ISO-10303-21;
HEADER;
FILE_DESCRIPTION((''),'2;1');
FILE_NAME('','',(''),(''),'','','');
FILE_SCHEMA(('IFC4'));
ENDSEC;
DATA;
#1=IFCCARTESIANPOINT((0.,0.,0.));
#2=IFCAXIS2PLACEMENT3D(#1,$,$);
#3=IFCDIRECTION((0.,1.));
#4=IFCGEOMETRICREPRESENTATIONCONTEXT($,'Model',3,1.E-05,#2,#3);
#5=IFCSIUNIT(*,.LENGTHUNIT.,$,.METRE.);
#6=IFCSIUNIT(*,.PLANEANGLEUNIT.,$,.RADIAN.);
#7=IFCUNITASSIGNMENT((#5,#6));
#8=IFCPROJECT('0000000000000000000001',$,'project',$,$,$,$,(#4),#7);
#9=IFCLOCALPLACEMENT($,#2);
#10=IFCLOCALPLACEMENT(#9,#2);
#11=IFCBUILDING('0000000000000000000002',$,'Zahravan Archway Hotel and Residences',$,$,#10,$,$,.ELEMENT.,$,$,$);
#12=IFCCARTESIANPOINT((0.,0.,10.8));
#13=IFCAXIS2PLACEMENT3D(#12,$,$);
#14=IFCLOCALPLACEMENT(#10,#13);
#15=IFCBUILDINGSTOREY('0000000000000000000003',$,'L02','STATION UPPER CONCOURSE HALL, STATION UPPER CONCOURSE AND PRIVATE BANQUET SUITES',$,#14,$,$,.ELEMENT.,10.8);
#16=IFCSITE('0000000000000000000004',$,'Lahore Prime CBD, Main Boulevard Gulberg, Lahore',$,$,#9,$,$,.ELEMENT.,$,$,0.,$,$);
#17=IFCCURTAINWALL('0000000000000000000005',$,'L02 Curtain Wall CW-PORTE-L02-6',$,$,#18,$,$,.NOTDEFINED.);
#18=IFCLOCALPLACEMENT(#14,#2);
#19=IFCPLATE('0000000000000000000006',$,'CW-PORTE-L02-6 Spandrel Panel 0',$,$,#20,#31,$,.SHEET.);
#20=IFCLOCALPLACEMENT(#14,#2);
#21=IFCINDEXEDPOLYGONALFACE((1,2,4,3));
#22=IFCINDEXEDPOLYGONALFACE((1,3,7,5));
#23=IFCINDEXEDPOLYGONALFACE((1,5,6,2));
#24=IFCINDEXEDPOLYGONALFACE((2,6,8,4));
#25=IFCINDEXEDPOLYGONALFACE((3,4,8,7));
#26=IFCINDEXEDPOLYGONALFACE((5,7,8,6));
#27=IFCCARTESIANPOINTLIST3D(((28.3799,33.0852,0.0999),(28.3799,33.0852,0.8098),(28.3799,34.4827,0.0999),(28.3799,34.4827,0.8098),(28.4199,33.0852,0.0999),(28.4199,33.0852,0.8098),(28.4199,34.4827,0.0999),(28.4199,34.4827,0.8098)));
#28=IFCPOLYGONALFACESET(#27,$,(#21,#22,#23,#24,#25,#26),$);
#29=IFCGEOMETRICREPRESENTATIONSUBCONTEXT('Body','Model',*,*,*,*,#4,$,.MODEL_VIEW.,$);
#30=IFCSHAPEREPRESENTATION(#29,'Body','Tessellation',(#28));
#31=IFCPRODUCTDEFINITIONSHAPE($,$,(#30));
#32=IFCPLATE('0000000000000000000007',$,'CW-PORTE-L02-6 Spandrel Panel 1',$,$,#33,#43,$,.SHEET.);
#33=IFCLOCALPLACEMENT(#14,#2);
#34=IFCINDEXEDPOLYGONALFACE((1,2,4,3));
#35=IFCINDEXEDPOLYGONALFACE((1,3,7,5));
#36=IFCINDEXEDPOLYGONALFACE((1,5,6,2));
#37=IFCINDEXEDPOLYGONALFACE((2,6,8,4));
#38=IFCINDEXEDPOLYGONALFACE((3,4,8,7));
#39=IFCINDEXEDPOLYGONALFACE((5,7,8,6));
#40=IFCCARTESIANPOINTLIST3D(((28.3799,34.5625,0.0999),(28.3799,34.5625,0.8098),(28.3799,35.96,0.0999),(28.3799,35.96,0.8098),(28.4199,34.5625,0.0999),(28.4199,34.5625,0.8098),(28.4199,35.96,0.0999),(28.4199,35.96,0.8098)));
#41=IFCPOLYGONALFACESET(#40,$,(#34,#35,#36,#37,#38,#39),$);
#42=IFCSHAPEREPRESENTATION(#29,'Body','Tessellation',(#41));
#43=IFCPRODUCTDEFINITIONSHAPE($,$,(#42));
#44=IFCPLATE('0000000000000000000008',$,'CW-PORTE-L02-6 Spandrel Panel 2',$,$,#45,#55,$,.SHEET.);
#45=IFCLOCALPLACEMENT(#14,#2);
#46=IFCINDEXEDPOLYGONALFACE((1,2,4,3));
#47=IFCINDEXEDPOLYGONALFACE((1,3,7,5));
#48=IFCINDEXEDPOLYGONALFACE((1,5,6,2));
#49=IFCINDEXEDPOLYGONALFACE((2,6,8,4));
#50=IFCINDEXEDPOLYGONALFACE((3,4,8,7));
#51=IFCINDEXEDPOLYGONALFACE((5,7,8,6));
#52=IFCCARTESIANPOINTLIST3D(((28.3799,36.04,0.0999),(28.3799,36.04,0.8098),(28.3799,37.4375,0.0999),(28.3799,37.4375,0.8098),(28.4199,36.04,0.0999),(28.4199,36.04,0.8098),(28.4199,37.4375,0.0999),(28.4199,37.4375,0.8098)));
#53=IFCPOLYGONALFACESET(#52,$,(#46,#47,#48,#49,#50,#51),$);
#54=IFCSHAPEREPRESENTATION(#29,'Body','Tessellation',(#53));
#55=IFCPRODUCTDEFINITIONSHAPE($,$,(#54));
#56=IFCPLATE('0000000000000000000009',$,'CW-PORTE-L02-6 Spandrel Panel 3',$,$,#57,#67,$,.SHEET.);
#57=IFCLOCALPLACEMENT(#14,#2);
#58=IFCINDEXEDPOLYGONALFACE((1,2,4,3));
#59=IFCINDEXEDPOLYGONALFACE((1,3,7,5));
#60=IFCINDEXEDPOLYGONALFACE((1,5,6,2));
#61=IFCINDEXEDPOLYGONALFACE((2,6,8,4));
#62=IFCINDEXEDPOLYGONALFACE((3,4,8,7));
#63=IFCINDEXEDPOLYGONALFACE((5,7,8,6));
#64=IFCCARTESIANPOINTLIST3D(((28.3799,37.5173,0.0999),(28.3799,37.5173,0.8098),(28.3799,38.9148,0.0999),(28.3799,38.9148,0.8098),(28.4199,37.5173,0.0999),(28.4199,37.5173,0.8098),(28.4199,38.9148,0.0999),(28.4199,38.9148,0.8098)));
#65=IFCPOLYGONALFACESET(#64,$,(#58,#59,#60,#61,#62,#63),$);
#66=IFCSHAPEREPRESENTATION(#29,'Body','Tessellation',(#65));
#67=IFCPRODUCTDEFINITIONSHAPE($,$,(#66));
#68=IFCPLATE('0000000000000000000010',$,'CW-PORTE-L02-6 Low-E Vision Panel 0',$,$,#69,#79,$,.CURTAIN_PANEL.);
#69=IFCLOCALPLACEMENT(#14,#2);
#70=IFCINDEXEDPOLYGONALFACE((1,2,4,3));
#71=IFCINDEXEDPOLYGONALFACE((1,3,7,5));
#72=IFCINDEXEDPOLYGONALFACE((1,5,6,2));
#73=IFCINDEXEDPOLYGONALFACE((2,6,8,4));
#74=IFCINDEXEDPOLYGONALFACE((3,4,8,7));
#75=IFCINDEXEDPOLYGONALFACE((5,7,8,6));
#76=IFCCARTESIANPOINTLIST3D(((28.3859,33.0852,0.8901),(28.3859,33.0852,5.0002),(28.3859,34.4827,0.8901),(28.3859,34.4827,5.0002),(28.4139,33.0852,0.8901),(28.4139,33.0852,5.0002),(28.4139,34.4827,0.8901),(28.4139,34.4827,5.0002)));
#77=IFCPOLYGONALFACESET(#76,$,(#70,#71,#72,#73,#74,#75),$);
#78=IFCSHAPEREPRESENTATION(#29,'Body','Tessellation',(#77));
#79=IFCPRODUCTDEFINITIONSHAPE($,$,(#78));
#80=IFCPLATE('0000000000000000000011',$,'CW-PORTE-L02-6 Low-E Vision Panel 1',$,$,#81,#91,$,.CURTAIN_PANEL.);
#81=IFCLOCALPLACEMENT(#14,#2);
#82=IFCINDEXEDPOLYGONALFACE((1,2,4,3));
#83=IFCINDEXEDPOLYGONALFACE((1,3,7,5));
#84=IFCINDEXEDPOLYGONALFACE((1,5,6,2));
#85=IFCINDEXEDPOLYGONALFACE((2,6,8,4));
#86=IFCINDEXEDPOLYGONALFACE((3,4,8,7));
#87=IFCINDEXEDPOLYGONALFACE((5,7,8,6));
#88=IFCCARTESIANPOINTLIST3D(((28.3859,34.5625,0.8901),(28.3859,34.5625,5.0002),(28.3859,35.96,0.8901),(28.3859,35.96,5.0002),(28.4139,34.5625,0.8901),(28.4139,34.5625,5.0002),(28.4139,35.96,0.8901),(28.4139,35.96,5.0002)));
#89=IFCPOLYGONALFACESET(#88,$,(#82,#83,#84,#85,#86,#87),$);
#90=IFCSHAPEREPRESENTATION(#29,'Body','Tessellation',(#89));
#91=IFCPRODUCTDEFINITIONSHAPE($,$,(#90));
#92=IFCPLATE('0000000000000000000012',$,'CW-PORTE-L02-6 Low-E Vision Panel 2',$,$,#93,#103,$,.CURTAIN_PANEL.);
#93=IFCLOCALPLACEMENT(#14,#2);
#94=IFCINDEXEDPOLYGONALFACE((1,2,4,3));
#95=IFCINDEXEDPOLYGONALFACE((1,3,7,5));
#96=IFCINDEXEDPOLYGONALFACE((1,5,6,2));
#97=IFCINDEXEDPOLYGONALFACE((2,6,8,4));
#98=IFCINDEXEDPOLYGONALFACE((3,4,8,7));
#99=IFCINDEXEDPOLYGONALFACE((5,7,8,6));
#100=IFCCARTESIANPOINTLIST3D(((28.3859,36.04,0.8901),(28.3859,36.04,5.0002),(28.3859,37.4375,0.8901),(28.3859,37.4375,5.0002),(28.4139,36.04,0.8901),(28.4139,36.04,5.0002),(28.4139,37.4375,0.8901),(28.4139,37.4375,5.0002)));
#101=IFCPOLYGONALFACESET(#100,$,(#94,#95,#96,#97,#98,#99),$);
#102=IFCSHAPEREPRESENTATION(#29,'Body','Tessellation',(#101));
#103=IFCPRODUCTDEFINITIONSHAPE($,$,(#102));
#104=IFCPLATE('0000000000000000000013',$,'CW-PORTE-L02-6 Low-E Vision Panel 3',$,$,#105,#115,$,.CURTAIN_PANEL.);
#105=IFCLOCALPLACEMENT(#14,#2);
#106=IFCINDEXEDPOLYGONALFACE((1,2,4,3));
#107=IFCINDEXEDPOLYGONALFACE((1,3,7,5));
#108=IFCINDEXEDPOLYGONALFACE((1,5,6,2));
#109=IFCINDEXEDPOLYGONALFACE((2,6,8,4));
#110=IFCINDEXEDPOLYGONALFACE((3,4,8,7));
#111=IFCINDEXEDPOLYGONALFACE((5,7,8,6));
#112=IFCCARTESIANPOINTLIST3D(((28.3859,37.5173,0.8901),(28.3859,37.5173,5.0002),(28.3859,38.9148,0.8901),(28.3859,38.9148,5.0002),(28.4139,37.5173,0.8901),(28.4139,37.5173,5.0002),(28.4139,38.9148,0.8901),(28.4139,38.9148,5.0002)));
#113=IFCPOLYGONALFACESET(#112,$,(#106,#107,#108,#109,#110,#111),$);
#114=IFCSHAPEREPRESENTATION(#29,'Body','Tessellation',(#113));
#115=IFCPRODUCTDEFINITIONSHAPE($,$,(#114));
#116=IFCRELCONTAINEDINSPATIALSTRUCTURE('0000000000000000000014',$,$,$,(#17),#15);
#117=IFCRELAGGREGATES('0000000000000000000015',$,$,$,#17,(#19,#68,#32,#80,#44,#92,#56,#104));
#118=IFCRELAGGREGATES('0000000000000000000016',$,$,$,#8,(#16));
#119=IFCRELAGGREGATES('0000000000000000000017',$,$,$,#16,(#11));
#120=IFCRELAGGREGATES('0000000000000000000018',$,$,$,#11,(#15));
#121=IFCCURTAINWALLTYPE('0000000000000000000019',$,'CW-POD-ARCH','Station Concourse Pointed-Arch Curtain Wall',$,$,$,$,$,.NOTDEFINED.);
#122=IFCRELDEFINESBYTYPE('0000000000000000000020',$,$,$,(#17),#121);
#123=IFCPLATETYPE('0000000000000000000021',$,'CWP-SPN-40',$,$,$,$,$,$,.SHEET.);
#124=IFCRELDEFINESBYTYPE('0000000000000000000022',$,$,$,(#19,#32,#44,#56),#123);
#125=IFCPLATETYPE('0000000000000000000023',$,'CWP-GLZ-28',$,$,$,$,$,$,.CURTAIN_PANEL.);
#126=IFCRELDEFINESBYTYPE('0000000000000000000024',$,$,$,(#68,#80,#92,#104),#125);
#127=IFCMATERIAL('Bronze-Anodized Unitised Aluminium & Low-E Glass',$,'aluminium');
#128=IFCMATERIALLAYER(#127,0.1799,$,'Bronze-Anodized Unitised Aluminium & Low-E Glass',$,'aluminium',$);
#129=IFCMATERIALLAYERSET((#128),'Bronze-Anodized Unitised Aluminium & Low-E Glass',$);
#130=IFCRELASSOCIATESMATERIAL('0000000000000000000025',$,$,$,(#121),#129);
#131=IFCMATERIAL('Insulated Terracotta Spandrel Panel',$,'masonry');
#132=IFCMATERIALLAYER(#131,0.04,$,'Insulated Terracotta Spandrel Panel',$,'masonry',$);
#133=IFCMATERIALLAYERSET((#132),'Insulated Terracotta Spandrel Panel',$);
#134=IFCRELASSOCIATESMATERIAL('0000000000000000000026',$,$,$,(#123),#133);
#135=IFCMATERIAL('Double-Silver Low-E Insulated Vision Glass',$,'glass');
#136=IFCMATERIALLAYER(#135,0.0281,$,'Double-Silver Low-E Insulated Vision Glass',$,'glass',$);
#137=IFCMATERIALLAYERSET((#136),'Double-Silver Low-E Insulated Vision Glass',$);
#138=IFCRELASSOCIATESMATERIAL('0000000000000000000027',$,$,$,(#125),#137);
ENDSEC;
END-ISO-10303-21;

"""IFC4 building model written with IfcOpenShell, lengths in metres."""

from ifc_helpers import new_model, si_unit, direction, frame, origin, origin_2d, place, context, subcontext, project, spatial, rectangle, extrude, source, transform, mapped, material, layer, layer_set, type_object, element, aggregate, save


model = new_model("IFC4")

# Units and contexts
model_context = context("Model", 3, precision=1e-05, world=origin(), true_north=direction((0.0, 1.0)))
body_context = subcontext(model_context, "Body", "Model", "MODEL_VIEW")
ifc_project = project(units=[si_unit("LENGTHUNIT", "METRE"), si_unit("PLANEANGLEUNIT", "RADIAN")], contexts=[model_context])

# Site, building, storey
site_placement = place(None, origin())
site = spatial("IfcSite", under=ifc_project, at=site_placement, Name="Lahore Prime CBD, Main Boulevard Gulberg, Lahore", CompositionType="ELEMENT", RefElevation=0.0)
building_placement = place(site_placement, origin())
building = spatial("IfcBuilding", under=site, at=building_placement, Name="Zahravan Archway Hotel and Residences", CompositionType="ELEMENT")
storey_placement = place(building_placement, frame((0.0, 0.0, 10.8)))
storey = spatial("IfcBuildingStorey", under=building, at=storey_placement, Name="L02", Description="STATION UPPER CONCOURSE HALL, STATION UPPER CONCOURSE AND PRIVATE BANQUET SUITES", CompositionType="ELEMENT", Elevation=10.8)

# Curtain wall, plates
ifc_material_1 = material(Name="Bronze-Anodized Unitised Aluminium & Low-E Glass", Category="aluminium")
ifc_layer_1 = layer(ifc_material_1, 0.1799, Name="Bronze-Anodized Unitised Aluminium & Low-E Glass", Category="aluminium")
ifc_layer_set_1 = layer_set([ifc_layer_1], Name="Bronze-Anodized Unitised Aluminium & Low-E Glass")
curtain_wall_type = type_object("IfcCurtainWallType", Name="CW-POD-ARCH", Description="Station Concourse Pointed-Arch Curtain Wall", PredefinedType="NOTDEFINED", material=ifc_layer_set_1)
curtain_wall_placement = place(storey_placement, origin())
curtain_wall = element("IfcCurtainWall", 1, at=curtain_wall_placement, inside=storey, type_object=curtain_wall_type, Name="L02 Curtain Wall CW-PORTE-L02-6", PredefinedType="NOTDEFINED")
ifc_material_2 = material(Name="Insulated Terracotta Spandrel Panel", Category="masonry")
ifc_layer_2 = layer(ifc_material_2, 0.04, Name="Insulated Terracotta Spandrel Panel", Category="masonry")
ifc_layer_set_2 = layer_set([ifc_layer_2], Name="Insulated Terracotta Spandrel Panel")
plate_type_1 = type_object("IfcPlateType", Name="CWP-SPN-40", PredefinedType="SHEET", material=ifc_layer_set_2)
shared_shape_1 = source(origin(), body_context, "Body", "SweptSolid", [
    extrude(rectangle(XDim=1.3975, YDim=0.04, at=origin_2d()), origin(), (0.0, 0.0, 1.0), 0.71),
])
plate_1_placement = place(storey_placement, frame((28.3999, 33.7839, 0.0999), z_axis=(0.0, 0.0, 1.0), x_axis=(0.0, 1.0, 0.0)))
plate_1 = element("IfcPlate", 2, at=plate_1_placement, type_object=plate_type_1, Name="CW-PORTE-L02-6 Spandrel Panel 0", PredefinedType="SHEET", context=body_context, shape_type="MappedRepresentation", body=[
    mapped(shared_shape_1, transform((0.0, 0.0, 0.0), scale=1.0)),
])
plate_2_placement = place(storey_placement, frame((28.3999, 35.2612, 0.0999), z_axis=(0.0, 0.0, 1.0), x_axis=(0.0, 1.0, 0.0)))
plate_2 = element("IfcPlate", 3, at=plate_2_placement, type_object=plate_type_1, Name="CW-PORTE-L02-6 Spandrel Panel 1", PredefinedType="SHEET", context=body_context, shape_type="MappedRepresentation", body=[
    mapped(shared_shape_1, transform((0.0, 0.0, 0.0), scale=1.0)),
])
plate_3_placement = place(storey_placement, frame((28.3999, 36.7388, 0.0999), z_axis=(0.0, 0.0, 1.0), x_axis=(0.0, 1.0, 0.0)))
plate_3 = element("IfcPlate", 4, at=plate_3_placement, type_object=plate_type_1, Name="CW-PORTE-L02-6 Spandrel Panel 2", PredefinedType="SHEET", context=body_context, shape_type="MappedRepresentation", body=[
    mapped(shared_shape_1, transform((0.0, 0.0, 0.0), scale=1.0)),
])
plate_4_placement = place(storey_placement, frame((28.3999, 38.2161, 0.0999), z_axis=(0.0, 0.0, 1.0), x_axis=(0.0, 1.0, 0.0)))
plate_4 = element("IfcPlate", 5, at=plate_4_placement, type_object=plate_type_1, Name="CW-PORTE-L02-6 Spandrel Panel 3", PredefinedType="SHEET", context=body_context, shape_type="MappedRepresentation", body=[
    mapped(shared_shape_1, transform((0.0, 0.0, 0.0), scale=1.0)),
])
ifc_material_3 = material(Name="Double-Silver Low-E Insulated Vision Glass", Category="glass")
ifc_layer_3 = layer(ifc_material_3, 0.0281, Name="Double-Silver Low-E Insulated Vision Glass", Category="glass")
ifc_layer_set_3 = layer_set([ifc_layer_3], Name="Double-Silver Low-E Insulated Vision Glass")
plate_type_2 = type_object("IfcPlateType", Name="CWP-GLZ-28", PredefinedType="CURTAIN_PANEL", material=ifc_layer_set_3)
shared_shape_2 = source(origin(), body_context, "Body", "SweptSolid", [
    extrude(rectangle(XDim=1.3975, YDim=0.0281, at=origin_2d()), origin(), (0.0, 0.0, 1.0), 4.1101),
])
plate_5_placement = place(storey_placement, frame((28.3999, 33.7839, 0.8901), z_axis=(0.0, 0.0, 1.0), x_axis=(0.0, 1.0, 0.0)))
plate_5 = element("IfcPlate", 6, at=plate_5_placement, type_object=plate_type_2, Name="CW-PORTE-L02-6 Low-E Vision Panel 0", PredefinedType="CURTAIN_PANEL", context=body_context, shape_type="MappedRepresentation", body=[
    mapped(shared_shape_2, transform((0.0, 0.0, 0.0), scale=1.0)),
])
plate_6_placement = place(storey_placement, frame((28.3999, 35.2612, 0.8901), z_axis=(0.0, 0.0, 1.0), x_axis=(0.0, 1.0, 0.0)))
plate_6 = element("IfcPlate", 7, at=plate_6_placement, type_object=plate_type_2, Name="CW-PORTE-L02-6 Low-E Vision Panel 1", PredefinedType="CURTAIN_PANEL", context=body_context, shape_type="MappedRepresentation", body=[
    mapped(shared_shape_2, transform((0.0, 0.0, 0.0), scale=1.0)),
])
plate_7_placement = place(storey_placement, frame((28.3999, 36.7388, 0.8901), z_axis=(0.0, 0.0, 1.0), x_axis=(0.0, 1.0, 0.0)))
plate_7 = element("IfcPlate", 8, at=plate_7_placement, type_object=plate_type_2, Name="CW-PORTE-L02-6 Low-E Vision Panel 2", PredefinedType="CURTAIN_PANEL", context=body_context, shape_type="MappedRepresentation", body=[
    mapped(shared_shape_2, transform((0.0, 0.0, 0.0), scale=1.0)),
])
plate_8_placement = place(storey_placement, frame((28.3999, 38.2161, 0.8901), z_axis=(0.0, 0.0, 1.0), x_axis=(0.0, 1.0, 0.0)))
plate_8 = element("IfcPlate", 9, at=plate_8_placement, type_object=plate_type_2, Name="CW-PORTE-L02-6 Low-E Vision Panel 3", PredefinedType="CURTAIN_PANEL", context=body_context, shape_type="MappedRepresentation", body=[
    mapped(shared_shape_2, transform((0.0, 0.0, 0.0), scale=1.0)),
])
aggregate(curtain_wall, [plate_1, plate_5, plate_2, plate_6, plate_3, plate_7, plate_4, plate_8])

save(model, "model.ifc")
